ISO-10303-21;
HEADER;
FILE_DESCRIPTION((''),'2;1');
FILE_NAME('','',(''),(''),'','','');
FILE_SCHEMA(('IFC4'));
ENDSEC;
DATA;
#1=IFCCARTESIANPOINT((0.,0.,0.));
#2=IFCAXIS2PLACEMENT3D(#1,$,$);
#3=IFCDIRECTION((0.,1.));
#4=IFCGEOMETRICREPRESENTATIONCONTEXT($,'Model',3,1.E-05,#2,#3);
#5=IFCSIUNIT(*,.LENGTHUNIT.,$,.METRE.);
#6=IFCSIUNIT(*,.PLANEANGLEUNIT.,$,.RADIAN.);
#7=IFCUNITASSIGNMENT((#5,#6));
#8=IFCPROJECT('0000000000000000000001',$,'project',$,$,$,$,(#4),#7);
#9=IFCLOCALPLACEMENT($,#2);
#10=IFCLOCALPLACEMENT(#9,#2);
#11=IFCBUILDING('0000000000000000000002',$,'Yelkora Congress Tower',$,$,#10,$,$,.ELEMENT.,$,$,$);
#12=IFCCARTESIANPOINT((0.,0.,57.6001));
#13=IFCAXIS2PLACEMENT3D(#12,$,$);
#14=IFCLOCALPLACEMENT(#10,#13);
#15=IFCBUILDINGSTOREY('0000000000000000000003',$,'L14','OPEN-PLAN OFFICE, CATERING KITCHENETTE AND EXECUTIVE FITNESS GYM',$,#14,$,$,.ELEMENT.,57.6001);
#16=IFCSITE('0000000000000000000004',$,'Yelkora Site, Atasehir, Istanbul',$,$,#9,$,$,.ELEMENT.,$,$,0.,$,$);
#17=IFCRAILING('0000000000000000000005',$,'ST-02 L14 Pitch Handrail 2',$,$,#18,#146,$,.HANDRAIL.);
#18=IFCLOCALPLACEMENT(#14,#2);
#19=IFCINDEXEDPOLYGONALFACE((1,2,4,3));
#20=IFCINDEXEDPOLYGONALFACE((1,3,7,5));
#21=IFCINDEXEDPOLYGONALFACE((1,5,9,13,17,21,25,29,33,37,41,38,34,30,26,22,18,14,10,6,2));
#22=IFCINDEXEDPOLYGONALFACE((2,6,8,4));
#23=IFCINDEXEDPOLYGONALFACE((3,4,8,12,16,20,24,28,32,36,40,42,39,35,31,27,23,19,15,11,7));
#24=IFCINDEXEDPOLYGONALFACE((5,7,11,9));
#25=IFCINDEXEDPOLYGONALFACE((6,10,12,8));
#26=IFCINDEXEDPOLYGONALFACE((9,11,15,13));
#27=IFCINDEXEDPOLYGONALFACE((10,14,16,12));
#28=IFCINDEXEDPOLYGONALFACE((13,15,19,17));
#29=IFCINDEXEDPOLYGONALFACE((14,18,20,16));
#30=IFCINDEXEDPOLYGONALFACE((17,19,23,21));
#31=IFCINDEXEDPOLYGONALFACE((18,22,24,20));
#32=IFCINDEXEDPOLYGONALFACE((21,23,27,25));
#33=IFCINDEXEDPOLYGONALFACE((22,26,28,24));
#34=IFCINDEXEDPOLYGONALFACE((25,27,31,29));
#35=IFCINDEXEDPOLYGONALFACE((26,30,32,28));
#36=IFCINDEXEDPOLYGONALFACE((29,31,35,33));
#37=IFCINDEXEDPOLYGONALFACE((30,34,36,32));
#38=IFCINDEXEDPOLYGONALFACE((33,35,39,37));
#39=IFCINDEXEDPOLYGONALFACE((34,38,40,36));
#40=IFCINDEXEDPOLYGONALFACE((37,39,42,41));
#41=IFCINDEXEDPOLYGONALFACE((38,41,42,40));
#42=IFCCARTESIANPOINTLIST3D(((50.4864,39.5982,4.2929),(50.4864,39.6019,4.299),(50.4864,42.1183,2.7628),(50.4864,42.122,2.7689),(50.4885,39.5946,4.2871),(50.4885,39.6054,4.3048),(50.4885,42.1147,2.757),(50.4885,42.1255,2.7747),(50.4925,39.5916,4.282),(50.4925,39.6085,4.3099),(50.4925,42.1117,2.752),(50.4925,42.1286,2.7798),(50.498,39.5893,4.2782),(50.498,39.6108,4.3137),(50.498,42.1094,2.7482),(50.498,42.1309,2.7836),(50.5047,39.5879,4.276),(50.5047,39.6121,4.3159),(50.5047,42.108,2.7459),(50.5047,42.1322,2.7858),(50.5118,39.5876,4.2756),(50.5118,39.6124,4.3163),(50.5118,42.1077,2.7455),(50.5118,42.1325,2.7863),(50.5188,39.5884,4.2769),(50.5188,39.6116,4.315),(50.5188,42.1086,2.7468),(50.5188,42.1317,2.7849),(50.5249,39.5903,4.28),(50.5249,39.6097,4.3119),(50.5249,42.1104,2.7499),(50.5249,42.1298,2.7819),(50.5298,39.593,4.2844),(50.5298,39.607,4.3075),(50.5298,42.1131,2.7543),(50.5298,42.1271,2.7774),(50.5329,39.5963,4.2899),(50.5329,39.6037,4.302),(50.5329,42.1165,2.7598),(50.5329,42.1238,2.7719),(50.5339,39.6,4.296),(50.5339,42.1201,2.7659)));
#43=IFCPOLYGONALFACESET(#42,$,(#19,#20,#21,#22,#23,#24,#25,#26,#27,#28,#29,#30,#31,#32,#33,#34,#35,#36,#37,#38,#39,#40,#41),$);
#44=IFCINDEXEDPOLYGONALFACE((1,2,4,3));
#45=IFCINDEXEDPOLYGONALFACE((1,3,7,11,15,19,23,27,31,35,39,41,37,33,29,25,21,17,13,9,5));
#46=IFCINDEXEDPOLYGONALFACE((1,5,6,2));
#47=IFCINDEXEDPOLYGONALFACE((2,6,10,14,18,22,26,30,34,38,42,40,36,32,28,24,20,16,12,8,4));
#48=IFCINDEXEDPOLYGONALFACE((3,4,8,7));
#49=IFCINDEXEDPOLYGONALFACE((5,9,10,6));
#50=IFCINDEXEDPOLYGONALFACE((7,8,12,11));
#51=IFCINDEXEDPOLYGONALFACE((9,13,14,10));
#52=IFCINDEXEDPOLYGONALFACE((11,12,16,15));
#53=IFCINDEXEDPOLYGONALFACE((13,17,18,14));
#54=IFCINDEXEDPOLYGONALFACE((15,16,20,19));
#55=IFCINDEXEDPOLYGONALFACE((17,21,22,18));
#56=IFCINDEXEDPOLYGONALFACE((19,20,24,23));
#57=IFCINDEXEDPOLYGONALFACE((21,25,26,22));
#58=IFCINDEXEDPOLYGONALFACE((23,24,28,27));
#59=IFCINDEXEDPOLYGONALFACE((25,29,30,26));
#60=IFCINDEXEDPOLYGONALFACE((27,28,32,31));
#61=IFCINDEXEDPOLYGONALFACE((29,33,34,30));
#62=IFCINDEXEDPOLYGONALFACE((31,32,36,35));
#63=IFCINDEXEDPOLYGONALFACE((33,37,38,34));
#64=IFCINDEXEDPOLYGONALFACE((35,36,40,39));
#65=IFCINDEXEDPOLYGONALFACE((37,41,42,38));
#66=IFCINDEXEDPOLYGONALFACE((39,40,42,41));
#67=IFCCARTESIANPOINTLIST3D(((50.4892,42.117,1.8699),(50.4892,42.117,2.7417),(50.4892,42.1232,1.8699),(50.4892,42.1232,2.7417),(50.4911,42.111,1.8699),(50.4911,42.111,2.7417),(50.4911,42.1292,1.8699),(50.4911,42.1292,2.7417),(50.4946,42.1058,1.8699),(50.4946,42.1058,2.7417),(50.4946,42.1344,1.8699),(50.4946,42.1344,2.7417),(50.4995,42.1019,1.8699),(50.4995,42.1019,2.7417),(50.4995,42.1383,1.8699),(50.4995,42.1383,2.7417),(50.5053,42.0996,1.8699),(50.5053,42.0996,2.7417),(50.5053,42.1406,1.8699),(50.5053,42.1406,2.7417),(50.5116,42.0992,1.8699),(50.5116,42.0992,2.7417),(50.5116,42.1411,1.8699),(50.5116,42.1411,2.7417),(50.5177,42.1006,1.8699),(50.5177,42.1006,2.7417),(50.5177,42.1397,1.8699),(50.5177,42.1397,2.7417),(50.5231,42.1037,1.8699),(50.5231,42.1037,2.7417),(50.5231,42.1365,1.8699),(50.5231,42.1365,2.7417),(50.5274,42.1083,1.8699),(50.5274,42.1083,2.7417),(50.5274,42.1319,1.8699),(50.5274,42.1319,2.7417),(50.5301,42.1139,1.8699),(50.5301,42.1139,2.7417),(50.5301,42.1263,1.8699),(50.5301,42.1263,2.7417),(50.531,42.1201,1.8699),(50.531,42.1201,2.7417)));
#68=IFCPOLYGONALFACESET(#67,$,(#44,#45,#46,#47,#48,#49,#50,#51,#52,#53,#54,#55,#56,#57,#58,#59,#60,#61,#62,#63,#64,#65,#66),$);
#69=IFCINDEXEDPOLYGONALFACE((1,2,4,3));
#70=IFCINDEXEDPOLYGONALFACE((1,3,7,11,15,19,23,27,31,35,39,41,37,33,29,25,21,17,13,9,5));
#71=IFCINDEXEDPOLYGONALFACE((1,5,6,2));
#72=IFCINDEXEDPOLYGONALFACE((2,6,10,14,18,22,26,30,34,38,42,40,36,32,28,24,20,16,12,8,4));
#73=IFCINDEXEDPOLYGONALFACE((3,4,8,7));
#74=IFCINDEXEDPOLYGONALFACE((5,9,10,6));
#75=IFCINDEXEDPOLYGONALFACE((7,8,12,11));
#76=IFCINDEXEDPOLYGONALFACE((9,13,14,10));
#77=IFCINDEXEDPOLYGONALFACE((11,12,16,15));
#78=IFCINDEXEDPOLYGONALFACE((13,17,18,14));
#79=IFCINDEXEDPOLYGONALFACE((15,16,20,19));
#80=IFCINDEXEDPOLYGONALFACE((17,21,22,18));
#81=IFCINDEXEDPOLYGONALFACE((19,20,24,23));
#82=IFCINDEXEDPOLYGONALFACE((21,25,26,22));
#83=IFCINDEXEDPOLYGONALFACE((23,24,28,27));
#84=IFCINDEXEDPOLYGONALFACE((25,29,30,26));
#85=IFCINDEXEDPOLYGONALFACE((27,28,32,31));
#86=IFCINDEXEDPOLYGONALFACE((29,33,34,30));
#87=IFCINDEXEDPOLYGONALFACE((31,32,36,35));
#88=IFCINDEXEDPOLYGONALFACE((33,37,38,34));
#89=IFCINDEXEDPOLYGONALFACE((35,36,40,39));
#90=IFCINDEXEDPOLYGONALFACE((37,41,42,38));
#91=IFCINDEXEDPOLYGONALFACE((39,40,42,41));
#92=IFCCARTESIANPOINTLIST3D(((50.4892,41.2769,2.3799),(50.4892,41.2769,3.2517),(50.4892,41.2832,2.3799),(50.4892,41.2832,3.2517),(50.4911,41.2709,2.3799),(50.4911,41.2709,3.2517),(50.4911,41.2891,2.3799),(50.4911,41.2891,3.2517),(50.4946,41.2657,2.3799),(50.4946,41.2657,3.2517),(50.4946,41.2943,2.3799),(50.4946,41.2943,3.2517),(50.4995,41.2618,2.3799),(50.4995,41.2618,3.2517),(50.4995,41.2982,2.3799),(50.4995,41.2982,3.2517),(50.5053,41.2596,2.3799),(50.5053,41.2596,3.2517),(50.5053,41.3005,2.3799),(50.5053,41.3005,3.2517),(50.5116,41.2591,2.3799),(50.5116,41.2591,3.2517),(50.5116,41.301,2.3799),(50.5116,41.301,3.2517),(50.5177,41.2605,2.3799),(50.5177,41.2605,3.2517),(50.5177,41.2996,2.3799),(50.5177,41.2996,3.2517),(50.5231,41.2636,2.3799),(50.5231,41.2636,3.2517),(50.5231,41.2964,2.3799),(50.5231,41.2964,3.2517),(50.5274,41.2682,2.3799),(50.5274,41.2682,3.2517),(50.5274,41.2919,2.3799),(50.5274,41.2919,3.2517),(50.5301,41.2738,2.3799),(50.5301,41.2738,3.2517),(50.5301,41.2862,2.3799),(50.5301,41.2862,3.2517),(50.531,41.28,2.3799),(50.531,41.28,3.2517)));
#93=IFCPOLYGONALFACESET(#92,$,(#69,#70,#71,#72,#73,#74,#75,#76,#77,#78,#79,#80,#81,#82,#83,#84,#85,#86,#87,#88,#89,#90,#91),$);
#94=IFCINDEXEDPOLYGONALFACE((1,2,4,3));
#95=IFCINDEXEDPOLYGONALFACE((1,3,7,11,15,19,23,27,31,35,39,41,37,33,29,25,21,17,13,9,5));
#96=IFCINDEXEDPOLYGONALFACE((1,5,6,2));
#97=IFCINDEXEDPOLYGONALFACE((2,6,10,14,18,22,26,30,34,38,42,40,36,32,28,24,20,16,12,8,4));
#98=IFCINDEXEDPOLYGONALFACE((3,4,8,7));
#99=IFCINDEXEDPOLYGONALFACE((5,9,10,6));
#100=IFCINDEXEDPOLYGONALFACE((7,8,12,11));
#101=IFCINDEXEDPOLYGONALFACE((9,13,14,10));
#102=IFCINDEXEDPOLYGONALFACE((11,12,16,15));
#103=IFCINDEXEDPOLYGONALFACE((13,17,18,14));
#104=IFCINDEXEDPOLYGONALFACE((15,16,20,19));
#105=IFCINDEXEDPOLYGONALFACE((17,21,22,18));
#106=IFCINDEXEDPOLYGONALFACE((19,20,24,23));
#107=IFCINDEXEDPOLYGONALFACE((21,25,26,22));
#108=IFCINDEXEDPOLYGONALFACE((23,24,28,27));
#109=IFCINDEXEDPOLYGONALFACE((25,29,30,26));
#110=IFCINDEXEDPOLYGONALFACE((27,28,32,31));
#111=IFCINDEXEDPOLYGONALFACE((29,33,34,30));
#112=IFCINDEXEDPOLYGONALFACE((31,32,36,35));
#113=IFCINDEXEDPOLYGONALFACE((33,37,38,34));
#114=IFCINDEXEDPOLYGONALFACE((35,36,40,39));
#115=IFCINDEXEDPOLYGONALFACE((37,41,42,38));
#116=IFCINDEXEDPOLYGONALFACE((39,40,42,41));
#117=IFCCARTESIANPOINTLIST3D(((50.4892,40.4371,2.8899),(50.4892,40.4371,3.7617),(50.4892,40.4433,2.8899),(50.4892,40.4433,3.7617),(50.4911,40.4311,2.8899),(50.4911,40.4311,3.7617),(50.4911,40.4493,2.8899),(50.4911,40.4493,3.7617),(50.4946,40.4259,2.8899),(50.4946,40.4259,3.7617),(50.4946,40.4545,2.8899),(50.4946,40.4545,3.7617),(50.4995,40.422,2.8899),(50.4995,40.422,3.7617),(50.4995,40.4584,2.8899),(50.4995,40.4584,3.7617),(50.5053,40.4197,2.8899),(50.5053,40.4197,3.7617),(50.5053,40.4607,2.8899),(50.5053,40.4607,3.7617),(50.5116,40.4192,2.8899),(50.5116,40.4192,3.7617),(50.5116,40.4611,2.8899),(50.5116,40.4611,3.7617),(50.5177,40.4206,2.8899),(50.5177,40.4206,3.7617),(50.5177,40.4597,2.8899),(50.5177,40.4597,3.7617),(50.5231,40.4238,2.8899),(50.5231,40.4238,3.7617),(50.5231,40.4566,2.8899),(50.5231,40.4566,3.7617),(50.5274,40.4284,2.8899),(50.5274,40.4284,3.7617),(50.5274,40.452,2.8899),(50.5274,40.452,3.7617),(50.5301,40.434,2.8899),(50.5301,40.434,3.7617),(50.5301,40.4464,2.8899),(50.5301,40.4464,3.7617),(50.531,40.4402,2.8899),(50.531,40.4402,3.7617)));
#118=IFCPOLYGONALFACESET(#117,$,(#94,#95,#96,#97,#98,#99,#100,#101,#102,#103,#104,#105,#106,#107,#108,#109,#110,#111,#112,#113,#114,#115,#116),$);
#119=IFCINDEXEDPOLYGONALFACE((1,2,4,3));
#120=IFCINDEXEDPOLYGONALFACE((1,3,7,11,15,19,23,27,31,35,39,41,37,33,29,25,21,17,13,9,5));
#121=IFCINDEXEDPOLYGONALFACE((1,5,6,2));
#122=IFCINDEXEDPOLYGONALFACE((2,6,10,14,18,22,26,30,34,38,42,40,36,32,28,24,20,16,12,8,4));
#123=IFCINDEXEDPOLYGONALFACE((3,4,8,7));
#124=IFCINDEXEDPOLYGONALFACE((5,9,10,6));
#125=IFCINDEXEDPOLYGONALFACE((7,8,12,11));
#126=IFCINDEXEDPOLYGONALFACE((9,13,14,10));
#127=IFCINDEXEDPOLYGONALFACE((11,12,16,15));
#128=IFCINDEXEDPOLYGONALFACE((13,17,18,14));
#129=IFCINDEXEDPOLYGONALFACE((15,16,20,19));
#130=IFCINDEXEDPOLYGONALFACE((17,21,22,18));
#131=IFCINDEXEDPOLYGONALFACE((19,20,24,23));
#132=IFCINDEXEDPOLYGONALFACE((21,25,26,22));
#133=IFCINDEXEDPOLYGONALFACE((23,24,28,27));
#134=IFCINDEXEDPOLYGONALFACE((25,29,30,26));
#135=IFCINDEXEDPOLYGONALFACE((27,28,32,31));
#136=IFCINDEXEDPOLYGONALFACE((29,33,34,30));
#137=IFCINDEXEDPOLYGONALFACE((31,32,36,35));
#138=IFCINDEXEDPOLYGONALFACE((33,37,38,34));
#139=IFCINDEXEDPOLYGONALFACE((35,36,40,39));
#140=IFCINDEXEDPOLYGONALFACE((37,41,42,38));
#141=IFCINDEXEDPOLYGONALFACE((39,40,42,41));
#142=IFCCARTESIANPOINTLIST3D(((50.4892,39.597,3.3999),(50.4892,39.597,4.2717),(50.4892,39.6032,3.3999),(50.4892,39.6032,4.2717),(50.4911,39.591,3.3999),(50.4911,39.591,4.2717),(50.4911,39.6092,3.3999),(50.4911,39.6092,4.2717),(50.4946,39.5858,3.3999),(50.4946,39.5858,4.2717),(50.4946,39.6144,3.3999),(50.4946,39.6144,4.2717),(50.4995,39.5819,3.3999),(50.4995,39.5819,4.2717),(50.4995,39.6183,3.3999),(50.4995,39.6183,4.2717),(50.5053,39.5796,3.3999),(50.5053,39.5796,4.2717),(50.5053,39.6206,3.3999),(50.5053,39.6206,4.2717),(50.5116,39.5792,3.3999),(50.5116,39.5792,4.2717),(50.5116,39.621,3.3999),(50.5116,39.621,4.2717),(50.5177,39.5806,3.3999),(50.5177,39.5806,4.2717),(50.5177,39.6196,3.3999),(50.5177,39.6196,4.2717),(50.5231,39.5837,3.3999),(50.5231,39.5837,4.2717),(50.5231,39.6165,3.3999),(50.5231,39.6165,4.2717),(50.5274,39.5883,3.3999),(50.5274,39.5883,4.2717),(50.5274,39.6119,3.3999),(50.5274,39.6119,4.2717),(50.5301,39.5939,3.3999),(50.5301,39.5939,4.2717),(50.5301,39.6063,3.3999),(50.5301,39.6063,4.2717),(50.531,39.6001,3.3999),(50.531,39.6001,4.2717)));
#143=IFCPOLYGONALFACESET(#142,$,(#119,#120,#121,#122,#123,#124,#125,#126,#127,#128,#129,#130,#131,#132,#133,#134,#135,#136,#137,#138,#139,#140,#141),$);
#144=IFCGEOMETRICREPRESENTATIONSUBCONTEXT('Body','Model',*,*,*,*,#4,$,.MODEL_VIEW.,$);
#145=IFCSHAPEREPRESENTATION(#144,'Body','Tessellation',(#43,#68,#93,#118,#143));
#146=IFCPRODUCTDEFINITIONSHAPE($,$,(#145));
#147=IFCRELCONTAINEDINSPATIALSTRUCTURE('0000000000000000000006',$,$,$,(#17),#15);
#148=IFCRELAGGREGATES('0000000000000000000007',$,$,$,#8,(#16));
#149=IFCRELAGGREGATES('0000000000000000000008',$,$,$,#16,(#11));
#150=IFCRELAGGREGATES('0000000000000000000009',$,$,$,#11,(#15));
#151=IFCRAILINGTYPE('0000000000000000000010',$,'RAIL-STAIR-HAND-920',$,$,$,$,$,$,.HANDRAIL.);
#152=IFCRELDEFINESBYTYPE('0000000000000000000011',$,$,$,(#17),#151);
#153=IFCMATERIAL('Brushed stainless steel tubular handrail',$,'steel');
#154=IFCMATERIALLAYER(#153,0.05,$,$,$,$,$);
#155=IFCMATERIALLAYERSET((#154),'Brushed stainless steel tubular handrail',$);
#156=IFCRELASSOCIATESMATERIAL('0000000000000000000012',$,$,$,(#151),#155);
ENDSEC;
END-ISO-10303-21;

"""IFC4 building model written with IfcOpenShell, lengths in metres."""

from ifc_helpers import new_model, si_unit, direction, frame, origin, origin_2d, place, context, subcontext, project, spatial, circle, extrude, material, layer, layer_set, type_object, element, save


model = new_model("IFC4")

# Units and contexts
model_context = context("Model", 3, precision=1e-05, world=origin(), true_north=direction((0.0, 1.0)))
body_context = subcontext(model_context, "Body", "Model", "MODEL_VIEW")
ifc_project = project(units=[si_unit("LENGTHUNIT", "METRE"), si_unit("PLANEANGLEUNIT", "RADIAN")], contexts=[model_context])

# Site, building, storey
site_placement = place(None, origin())
site = spatial("IfcSite", under=ifc_project, at=site_placement, Name="Yelkora Site, Atasehir, Istanbul", CompositionType="ELEMENT", RefElevation=0.0)
building_placement = place(site_placement, origin())
building = spatial("IfcBuilding", under=site, at=building_placement, Name="Yelkora Congress Tower", CompositionType="ELEMENT")
storey_placement = place(building_placement, frame((0.0, 0.0, 57.6001)))
storey = spatial("IfcBuildingStorey", under=building, at=storey_placement, Name="L14", Description="OPEN-PLAN OFFICE, CATERING KITCHENETTE AND EXECUTIVE FITNESS GYM", CompositionType="ELEMENT", Elevation=57.6001)

# Railing
ifc_material_1 = material(Name="Brushed stainless steel tubular handrail", Category="steel")
ifc_layer_1 = layer(ifc_material_1, 0.05)
ifc_layer_set_1 = layer_set([ifc_layer_1], Name="Brushed stainless steel tubular handrail")
railing_type_1 = type_object("IfcRailingType", Name="RAIL-STAIR-HAND-920", PredefinedType="HANDRAIL", material=ifc_layer_set_1)
railing_1_placement = place(storey_placement, frame((50.51, 42.1201, 1.8699)))
element("IfcRailing", 1, at=railing_1_placement, inside=storey, type_object=railing_type_1, Name="ST-02 L14 Pitch Handrail 2", PredefinedType="HANDRAIL", context=body_context, shape_type="SweptSolid", body=[
    extrude(circle(Radius=0.0239, at=origin_2d()), frame((0.0, 0.0, 0.896), z_axis=(0.0, -0.854785, 0.518982), x_axis=(1.0, 0.0, 0.0)), (0.0, 0.0, 1.0), 2.9482),
    extrude(circle(Radius=0.021, at=origin_2d()), origin(), (0.0, 0.0, 1.0), 0.8718),
    extrude(circle(Radius=0.021, at=origin_2d()), frame((0.0, -0.8401, 0.51)), (0.0, 0.0, 1.0), 0.8718),
    extrude(circle(Radius=0.021, at=origin_2d()), frame((0.0, -1.6799, 1.02)), (0.0, 0.0, 1.0), 0.8718),
    extrude(circle(Radius=0.021, at=origin_2d()), frame((0.0, -2.52, 1.53)), (0.0, 0.0, 1.0), 0.8718),
])

save(model, "model.ifc")
